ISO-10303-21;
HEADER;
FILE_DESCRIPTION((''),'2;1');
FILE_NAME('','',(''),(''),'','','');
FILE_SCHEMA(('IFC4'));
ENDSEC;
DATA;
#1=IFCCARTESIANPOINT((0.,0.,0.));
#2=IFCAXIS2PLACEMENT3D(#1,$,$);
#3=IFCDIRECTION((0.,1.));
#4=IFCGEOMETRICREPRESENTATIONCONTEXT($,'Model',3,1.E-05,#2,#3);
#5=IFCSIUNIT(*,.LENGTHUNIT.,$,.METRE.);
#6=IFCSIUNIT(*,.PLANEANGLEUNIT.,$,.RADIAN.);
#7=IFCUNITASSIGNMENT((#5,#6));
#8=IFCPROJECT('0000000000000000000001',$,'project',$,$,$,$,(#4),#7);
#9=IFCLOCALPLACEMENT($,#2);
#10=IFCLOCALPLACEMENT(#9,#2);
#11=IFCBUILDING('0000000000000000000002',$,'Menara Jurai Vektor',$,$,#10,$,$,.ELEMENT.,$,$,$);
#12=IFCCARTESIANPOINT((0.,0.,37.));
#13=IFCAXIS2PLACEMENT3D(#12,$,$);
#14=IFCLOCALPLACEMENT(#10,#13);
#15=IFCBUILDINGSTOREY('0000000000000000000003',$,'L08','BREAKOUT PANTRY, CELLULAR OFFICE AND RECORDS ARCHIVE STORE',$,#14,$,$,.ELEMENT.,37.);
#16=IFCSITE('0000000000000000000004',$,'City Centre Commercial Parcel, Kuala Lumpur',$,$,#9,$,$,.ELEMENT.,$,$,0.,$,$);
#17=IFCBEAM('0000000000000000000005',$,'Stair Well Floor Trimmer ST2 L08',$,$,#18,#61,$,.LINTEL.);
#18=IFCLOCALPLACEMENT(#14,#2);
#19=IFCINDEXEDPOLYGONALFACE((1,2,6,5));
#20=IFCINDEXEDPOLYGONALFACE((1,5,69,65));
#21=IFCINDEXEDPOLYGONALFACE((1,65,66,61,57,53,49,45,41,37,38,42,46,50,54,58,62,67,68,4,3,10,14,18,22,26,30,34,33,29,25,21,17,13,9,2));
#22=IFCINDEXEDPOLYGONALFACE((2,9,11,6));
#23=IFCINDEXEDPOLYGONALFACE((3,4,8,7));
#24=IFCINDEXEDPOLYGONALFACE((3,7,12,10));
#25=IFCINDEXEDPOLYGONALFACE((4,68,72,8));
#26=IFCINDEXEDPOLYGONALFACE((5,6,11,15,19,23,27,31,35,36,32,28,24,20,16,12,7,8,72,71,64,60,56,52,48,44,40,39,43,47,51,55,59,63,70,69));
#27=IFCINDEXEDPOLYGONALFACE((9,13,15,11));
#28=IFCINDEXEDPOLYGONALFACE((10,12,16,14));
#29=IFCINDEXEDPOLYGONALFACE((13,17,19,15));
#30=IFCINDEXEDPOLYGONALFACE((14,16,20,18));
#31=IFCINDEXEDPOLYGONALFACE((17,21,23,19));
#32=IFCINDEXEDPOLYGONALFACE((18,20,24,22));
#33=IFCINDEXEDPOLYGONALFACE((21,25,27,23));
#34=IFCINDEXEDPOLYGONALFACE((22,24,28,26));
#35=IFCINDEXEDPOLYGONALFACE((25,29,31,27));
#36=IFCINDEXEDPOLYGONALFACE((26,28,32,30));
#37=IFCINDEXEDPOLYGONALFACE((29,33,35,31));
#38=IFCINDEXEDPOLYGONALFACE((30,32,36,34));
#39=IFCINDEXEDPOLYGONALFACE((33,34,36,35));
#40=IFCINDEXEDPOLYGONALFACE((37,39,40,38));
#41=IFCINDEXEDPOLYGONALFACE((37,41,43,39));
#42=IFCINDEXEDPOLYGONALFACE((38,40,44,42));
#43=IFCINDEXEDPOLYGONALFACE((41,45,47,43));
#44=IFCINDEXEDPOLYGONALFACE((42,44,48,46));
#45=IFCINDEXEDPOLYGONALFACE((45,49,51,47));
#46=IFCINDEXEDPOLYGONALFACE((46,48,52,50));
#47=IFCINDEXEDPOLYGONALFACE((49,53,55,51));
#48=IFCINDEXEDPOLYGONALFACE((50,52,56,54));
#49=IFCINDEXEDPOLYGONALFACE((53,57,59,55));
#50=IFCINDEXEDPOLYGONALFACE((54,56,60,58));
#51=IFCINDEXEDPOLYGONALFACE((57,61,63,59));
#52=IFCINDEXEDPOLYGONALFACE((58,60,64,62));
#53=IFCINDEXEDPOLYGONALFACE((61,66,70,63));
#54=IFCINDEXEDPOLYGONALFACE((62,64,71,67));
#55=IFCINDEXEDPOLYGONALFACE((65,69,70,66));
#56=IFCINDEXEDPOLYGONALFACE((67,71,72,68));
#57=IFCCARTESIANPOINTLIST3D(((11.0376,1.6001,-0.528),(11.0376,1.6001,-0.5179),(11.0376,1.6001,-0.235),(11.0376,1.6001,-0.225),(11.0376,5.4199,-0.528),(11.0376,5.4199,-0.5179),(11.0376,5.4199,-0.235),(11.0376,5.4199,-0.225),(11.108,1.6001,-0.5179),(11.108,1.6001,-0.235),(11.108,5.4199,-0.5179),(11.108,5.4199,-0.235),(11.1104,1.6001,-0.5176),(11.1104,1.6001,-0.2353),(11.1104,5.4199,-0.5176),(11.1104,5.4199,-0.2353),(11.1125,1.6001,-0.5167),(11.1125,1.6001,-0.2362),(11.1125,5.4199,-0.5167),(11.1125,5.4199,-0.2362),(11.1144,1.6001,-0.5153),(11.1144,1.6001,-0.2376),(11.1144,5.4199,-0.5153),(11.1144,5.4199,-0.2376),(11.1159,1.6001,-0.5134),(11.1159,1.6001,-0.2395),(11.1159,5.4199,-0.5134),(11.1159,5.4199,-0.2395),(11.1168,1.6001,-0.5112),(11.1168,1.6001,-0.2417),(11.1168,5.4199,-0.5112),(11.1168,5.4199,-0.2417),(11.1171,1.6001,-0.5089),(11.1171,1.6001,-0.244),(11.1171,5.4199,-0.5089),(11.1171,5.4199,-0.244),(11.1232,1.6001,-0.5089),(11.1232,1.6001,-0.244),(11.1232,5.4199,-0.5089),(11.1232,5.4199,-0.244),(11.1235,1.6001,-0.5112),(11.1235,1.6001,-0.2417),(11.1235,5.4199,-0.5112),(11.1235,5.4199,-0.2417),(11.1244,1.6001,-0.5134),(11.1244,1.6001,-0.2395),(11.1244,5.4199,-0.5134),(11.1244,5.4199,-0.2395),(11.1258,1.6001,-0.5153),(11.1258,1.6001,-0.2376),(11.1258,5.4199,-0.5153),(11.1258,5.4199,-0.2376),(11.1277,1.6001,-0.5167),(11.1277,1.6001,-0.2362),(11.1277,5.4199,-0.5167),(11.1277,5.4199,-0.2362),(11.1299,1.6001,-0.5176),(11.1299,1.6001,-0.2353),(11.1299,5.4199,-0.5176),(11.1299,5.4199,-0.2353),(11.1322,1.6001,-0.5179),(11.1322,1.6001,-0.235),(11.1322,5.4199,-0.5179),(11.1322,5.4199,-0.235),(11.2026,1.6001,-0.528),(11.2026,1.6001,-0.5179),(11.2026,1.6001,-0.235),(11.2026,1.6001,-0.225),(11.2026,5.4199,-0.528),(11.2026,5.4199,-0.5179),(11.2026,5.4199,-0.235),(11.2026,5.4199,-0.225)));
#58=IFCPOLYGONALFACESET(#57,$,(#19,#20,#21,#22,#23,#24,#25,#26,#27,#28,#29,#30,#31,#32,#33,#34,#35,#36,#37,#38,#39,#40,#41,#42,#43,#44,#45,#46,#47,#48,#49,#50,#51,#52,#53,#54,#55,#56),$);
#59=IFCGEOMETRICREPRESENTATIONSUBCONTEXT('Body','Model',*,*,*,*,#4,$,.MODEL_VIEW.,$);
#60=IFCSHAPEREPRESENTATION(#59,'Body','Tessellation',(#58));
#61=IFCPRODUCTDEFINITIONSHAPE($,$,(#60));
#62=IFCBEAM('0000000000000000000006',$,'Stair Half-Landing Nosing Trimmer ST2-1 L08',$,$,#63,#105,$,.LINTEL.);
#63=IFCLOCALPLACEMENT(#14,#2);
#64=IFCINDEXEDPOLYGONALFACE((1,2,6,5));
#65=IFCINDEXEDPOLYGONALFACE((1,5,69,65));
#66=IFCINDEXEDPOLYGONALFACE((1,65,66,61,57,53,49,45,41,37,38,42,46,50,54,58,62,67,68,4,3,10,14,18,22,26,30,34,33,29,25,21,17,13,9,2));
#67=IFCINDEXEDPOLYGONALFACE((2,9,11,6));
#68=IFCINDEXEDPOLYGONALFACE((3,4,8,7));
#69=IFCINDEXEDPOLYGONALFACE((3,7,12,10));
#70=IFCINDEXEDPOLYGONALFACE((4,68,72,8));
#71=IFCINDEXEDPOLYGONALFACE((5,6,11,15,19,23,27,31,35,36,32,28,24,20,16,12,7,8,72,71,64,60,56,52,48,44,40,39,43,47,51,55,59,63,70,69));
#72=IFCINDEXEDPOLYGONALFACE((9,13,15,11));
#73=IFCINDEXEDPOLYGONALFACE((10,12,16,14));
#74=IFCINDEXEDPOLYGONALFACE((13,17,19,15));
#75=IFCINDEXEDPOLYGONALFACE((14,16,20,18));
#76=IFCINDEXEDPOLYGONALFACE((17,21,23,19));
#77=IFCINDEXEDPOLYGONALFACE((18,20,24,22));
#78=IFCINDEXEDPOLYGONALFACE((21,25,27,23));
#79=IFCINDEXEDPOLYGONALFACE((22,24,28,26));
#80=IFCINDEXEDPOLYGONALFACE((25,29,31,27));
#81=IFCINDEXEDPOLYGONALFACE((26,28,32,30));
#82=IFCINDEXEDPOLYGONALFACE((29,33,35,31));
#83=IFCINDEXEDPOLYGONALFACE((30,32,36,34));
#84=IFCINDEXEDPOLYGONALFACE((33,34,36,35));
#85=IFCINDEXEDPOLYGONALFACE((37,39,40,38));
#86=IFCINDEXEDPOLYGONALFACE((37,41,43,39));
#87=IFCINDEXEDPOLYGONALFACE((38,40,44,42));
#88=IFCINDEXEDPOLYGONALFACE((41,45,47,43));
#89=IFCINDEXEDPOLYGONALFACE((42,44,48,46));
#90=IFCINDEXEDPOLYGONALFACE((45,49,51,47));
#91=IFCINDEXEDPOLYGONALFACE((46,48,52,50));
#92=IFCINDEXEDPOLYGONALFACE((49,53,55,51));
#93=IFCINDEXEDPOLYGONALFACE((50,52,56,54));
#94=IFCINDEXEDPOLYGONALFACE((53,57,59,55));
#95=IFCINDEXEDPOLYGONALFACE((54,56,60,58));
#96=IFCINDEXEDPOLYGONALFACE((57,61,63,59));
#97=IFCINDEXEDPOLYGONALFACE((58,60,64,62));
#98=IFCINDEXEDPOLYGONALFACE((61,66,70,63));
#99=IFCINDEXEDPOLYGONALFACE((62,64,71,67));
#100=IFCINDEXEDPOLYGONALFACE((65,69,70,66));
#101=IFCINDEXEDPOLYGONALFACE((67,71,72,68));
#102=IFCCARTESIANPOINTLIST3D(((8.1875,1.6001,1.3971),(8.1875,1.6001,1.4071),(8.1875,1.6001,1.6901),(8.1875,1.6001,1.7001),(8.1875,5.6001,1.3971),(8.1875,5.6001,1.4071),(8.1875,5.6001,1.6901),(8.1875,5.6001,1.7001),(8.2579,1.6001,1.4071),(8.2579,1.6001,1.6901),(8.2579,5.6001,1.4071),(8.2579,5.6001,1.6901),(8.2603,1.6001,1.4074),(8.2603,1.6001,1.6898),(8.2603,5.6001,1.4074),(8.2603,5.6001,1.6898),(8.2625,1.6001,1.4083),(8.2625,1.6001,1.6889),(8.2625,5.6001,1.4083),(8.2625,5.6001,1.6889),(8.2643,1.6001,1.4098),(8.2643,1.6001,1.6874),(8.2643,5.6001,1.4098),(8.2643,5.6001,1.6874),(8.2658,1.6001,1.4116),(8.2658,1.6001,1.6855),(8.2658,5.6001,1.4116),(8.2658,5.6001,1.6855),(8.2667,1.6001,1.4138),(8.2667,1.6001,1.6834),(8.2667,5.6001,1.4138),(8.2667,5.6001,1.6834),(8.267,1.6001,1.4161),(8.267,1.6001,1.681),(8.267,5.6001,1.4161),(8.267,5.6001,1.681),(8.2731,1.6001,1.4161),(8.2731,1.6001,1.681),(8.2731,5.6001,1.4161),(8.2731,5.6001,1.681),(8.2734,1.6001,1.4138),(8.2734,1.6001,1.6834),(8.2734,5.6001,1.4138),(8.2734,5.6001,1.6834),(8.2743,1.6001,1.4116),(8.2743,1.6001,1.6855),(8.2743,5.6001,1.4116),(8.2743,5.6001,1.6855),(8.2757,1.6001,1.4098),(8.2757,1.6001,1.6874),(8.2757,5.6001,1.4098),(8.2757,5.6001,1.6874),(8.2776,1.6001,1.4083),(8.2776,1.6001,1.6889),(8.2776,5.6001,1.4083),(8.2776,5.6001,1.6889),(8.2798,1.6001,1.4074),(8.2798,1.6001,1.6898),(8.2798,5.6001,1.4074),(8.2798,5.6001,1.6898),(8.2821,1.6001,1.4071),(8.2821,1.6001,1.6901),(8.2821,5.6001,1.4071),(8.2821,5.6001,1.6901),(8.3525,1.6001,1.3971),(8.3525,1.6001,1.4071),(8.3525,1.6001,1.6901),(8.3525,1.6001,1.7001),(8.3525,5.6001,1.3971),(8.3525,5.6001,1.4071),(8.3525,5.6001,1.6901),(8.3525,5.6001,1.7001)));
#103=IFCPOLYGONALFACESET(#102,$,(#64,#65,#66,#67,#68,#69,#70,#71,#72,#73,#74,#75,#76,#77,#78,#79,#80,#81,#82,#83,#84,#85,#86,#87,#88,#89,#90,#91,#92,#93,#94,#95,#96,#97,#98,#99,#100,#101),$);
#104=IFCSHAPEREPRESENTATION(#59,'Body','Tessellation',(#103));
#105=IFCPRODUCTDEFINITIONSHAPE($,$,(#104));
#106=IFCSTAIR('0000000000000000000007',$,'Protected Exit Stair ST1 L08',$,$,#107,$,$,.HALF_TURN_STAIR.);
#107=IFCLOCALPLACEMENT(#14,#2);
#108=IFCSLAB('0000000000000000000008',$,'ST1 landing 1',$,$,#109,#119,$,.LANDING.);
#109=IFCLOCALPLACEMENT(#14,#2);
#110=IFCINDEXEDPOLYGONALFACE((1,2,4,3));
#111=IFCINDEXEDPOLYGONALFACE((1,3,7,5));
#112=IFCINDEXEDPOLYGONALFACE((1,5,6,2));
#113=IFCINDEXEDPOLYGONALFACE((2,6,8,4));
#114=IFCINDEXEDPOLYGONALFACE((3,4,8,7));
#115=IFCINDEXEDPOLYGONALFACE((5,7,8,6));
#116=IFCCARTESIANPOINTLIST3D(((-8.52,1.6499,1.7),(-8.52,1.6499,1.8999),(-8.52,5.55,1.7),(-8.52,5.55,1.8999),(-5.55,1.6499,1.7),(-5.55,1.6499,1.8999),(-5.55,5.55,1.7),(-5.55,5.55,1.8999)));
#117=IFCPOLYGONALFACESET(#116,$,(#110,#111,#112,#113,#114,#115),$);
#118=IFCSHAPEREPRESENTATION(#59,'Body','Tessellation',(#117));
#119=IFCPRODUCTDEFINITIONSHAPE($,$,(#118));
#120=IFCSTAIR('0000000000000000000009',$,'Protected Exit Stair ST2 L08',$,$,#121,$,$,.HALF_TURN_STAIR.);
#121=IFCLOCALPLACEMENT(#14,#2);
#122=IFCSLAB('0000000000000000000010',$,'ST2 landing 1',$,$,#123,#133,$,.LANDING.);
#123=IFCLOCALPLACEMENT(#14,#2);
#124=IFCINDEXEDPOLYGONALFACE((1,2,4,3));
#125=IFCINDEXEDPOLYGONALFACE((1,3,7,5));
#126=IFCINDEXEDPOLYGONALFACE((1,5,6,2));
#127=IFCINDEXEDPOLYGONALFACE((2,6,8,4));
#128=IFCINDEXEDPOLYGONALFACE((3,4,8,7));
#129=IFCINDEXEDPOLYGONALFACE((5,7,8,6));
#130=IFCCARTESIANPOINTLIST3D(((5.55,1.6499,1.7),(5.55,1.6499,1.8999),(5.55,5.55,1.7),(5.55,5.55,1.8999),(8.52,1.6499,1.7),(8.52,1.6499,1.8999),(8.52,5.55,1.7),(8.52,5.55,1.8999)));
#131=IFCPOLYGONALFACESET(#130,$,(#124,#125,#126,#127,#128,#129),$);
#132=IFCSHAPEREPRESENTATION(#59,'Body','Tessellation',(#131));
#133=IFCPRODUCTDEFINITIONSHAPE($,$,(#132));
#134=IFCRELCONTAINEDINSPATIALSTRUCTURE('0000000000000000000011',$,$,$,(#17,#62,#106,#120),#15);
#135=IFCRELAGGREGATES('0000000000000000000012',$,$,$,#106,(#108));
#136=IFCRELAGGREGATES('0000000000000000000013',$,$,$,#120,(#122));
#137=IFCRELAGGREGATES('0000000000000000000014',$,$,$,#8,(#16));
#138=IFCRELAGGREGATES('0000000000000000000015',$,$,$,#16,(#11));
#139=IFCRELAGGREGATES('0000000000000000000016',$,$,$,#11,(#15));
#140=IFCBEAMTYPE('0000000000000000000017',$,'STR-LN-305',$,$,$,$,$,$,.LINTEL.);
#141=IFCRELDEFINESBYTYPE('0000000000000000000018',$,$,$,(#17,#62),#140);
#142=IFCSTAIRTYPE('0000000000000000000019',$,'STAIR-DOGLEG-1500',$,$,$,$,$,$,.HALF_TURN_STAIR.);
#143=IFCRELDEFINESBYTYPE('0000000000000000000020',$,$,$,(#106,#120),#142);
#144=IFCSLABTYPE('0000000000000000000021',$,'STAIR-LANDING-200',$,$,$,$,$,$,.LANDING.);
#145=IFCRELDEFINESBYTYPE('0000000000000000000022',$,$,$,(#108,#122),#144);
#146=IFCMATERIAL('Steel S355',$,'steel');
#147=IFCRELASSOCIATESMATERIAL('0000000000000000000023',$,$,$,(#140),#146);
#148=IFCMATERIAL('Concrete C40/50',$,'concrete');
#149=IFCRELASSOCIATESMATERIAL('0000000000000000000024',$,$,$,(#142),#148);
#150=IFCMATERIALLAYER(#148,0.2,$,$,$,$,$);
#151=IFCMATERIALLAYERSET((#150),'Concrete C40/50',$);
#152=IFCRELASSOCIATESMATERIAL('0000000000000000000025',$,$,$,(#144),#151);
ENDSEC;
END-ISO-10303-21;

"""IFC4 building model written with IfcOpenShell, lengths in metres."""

from ifc_helpers import new_model, si_unit, direction, frame, origin, origin_2d, place, context, subcontext, project, spatial, polyline, i_section, outline, extrude, material, layer, layer_set, material_profile, profile_set, type_object, element, aggregate, save


model = new_model("IFC4")

# Units and contexts
model_context = context("Model", 3, precision=1e-05, world=origin(), true_north=direction((0.0, 1.0)))
body_context = subcontext(model_context, "Body", "Model", "MODEL_VIEW")
ifc_project = project(units=[si_unit("LENGTHUNIT", "METRE"), si_unit("PLANEANGLEUNIT", "RADIAN")], contexts=[model_context])

# Site, building, storey
site_placement = place(None, origin())
site = spatial("IfcSite", under=ifc_project, at=site_placement, Name="City Centre Commercial Parcel, Kuala Lumpur", CompositionType="ELEMENT", RefElevation=0.0)
building_placement = place(site_placement, origin())
building = spatial("IfcBuilding", under=site, at=building_placement, Name="Menara Jurai Vektor", CompositionType="ELEMENT")
storey_placement = place(building_placement, frame((0.0, 0.0, 37.0)))
storey = spatial("IfcBuildingStorey", under=building, at=storey_placement, Name="L08", Description="BREAKOUT PANTRY, CELLULAR OFFICE AND RECORDS ARCHIVE STORE", CompositionType="ELEMENT", Elevation=37.0)

# Shared definitions
ifc_material_1 = material(Name="Steel S355", Category="steel")

# Beams
ifc_material_profile_1 = material_profile(ifc_material_1, i_section(OverallWidth=0.165, OverallDepth=0.303, WebThickness=0.0061, FlangeThickness=0.01, FilletRadius=0.009, at=origin_2d()), Name="UKB 305x165x40")
ifc_profile_set_1 = profile_set([ifc_material_profile_1], Name="Steel S355")
beam_type_1 = type_object("IfcBeamType", Name="STR-LN-305", PredefinedType="LINTEL", material=ifc_profile_set_1)
beam_1_placement = place(storey_placement, frame((11.1201, 1.6001, -0.3765), z_axis=(0.0, 1.0, 0.0), x_axis=(-1.0, 0.0, 0.0)))
element("IfcBeam", 1, at=beam_1_placement, inside=storey, type_object=beam_type_1, Name="Stair Well Floor Trimmer ST2 L08", PredefinedType="LINTEL", context=body_context, shape_type="SweptSolid", body=[
    extrude(i_section(OverallWidth=0.165, OverallDepth=0.303, WebThickness=0.0061, FlangeThickness=0.01, FilletRadius=0.009, at=origin_2d()), origin(), (0.0, 0.0, 1.0), 3.8198),
])
beam_2_placement = place(storey_placement, frame((8.27, 1.6001, 1.5486), z_axis=(0.0, 1.0, 0.0), x_axis=(-1.0, 0.0, 0.0)))
element("IfcBeam", 2, at=beam_2_placement, inside=storey, type_object=beam_type_1, Name="Stair Half-Landing Nosing Trimmer ST2-1 L08", PredefinedType="LINTEL", context=body_context, shape_type="SweptSolid", body=[
    extrude(i_section(OverallWidth=0.165, OverallDepth=0.303, WebThickness=0.0061, FlangeThickness=0.01, FilletRadius=0.009, at=origin_2d()), origin(), (0.0, 0.0, 1.0), 4.0),
])

# Stairs, slabs
ifc_material_2 = material(Name="Concrete C40/50", Category="concrete")
stair_type = type_object("IfcStairType", Name="STAIR-DOGLEG-1500", PredefinedType="HALF_TURN_STAIR", material=ifc_material_2)
stair_1_placement = place(storey_placement, origin())
stair_1 = element("IfcStair", 3, at=stair_1_placement, inside=storey, type_object=stair_type, Name="Protected Exit Stair ST1 L08", PredefinedType="HALF_TURN_STAIR")
ifc_layer_1 = layer(ifc_material_2, 0.2)
ifc_layer_set_1 = layer_set([ifc_layer_1], Name="Concrete C40/50")
slab_type_1 = type_object("IfcSlabType", Name="STAIR-LANDING-200", PredefinedType="LANDING", material=ifc_layer_set_1)
slab_1_placement = place(storey_placement, frame((0.0, 0.0, 1.7)))
slab_1 = element("IfcSlab", 4, at=slab_1_placement, type_object=slab_type_1, Name="ST1 landing 1", PredefinedType="LANDING", context=body_context, shape_type="SweptSolid", body=[
    extrude(outline(polyline([(-8.52, 1.6499), (-5.55, 1.6499), (-5.55, 5.55), (-8.52, 5.55), (-8.52, 1.6499)])), origin(), (0.0, 0.0, 1.0), 0.2),
])
aggregate(stair_1, [slab_1])
stair_2_placement = place(storey_placement, origin())
stair_2 = element("IfcStair", 5, at=stair_2_placement, inside=storey, type_object=stair_type, Name="Protected Exit Stair ST2 L08", PredefinedType="HALF_TURN_STAIR")
slab_2_placement = place(storey_placement, frame((0.0, 0.0, 1.7)))
slab_2 = element("IfcSlab", 6, at=slab_2_placement, type_object=slab_type_1, Name="ST2 landing 1", PredefinedType="LANDING", context=body_context, shape_type="SweptSolid", body=[
    extrude(outline(polyline([(5.55, 1.6499), (8.52, 1.6499), (8.52, 5.55), (5.55, 5.55), (5.55, 1.6499)])), origin(), (0.0, 0.0, 1.0), 0.2),
])

aggregate(stair_2, [slab_2])

save(model, "model.ifc")
